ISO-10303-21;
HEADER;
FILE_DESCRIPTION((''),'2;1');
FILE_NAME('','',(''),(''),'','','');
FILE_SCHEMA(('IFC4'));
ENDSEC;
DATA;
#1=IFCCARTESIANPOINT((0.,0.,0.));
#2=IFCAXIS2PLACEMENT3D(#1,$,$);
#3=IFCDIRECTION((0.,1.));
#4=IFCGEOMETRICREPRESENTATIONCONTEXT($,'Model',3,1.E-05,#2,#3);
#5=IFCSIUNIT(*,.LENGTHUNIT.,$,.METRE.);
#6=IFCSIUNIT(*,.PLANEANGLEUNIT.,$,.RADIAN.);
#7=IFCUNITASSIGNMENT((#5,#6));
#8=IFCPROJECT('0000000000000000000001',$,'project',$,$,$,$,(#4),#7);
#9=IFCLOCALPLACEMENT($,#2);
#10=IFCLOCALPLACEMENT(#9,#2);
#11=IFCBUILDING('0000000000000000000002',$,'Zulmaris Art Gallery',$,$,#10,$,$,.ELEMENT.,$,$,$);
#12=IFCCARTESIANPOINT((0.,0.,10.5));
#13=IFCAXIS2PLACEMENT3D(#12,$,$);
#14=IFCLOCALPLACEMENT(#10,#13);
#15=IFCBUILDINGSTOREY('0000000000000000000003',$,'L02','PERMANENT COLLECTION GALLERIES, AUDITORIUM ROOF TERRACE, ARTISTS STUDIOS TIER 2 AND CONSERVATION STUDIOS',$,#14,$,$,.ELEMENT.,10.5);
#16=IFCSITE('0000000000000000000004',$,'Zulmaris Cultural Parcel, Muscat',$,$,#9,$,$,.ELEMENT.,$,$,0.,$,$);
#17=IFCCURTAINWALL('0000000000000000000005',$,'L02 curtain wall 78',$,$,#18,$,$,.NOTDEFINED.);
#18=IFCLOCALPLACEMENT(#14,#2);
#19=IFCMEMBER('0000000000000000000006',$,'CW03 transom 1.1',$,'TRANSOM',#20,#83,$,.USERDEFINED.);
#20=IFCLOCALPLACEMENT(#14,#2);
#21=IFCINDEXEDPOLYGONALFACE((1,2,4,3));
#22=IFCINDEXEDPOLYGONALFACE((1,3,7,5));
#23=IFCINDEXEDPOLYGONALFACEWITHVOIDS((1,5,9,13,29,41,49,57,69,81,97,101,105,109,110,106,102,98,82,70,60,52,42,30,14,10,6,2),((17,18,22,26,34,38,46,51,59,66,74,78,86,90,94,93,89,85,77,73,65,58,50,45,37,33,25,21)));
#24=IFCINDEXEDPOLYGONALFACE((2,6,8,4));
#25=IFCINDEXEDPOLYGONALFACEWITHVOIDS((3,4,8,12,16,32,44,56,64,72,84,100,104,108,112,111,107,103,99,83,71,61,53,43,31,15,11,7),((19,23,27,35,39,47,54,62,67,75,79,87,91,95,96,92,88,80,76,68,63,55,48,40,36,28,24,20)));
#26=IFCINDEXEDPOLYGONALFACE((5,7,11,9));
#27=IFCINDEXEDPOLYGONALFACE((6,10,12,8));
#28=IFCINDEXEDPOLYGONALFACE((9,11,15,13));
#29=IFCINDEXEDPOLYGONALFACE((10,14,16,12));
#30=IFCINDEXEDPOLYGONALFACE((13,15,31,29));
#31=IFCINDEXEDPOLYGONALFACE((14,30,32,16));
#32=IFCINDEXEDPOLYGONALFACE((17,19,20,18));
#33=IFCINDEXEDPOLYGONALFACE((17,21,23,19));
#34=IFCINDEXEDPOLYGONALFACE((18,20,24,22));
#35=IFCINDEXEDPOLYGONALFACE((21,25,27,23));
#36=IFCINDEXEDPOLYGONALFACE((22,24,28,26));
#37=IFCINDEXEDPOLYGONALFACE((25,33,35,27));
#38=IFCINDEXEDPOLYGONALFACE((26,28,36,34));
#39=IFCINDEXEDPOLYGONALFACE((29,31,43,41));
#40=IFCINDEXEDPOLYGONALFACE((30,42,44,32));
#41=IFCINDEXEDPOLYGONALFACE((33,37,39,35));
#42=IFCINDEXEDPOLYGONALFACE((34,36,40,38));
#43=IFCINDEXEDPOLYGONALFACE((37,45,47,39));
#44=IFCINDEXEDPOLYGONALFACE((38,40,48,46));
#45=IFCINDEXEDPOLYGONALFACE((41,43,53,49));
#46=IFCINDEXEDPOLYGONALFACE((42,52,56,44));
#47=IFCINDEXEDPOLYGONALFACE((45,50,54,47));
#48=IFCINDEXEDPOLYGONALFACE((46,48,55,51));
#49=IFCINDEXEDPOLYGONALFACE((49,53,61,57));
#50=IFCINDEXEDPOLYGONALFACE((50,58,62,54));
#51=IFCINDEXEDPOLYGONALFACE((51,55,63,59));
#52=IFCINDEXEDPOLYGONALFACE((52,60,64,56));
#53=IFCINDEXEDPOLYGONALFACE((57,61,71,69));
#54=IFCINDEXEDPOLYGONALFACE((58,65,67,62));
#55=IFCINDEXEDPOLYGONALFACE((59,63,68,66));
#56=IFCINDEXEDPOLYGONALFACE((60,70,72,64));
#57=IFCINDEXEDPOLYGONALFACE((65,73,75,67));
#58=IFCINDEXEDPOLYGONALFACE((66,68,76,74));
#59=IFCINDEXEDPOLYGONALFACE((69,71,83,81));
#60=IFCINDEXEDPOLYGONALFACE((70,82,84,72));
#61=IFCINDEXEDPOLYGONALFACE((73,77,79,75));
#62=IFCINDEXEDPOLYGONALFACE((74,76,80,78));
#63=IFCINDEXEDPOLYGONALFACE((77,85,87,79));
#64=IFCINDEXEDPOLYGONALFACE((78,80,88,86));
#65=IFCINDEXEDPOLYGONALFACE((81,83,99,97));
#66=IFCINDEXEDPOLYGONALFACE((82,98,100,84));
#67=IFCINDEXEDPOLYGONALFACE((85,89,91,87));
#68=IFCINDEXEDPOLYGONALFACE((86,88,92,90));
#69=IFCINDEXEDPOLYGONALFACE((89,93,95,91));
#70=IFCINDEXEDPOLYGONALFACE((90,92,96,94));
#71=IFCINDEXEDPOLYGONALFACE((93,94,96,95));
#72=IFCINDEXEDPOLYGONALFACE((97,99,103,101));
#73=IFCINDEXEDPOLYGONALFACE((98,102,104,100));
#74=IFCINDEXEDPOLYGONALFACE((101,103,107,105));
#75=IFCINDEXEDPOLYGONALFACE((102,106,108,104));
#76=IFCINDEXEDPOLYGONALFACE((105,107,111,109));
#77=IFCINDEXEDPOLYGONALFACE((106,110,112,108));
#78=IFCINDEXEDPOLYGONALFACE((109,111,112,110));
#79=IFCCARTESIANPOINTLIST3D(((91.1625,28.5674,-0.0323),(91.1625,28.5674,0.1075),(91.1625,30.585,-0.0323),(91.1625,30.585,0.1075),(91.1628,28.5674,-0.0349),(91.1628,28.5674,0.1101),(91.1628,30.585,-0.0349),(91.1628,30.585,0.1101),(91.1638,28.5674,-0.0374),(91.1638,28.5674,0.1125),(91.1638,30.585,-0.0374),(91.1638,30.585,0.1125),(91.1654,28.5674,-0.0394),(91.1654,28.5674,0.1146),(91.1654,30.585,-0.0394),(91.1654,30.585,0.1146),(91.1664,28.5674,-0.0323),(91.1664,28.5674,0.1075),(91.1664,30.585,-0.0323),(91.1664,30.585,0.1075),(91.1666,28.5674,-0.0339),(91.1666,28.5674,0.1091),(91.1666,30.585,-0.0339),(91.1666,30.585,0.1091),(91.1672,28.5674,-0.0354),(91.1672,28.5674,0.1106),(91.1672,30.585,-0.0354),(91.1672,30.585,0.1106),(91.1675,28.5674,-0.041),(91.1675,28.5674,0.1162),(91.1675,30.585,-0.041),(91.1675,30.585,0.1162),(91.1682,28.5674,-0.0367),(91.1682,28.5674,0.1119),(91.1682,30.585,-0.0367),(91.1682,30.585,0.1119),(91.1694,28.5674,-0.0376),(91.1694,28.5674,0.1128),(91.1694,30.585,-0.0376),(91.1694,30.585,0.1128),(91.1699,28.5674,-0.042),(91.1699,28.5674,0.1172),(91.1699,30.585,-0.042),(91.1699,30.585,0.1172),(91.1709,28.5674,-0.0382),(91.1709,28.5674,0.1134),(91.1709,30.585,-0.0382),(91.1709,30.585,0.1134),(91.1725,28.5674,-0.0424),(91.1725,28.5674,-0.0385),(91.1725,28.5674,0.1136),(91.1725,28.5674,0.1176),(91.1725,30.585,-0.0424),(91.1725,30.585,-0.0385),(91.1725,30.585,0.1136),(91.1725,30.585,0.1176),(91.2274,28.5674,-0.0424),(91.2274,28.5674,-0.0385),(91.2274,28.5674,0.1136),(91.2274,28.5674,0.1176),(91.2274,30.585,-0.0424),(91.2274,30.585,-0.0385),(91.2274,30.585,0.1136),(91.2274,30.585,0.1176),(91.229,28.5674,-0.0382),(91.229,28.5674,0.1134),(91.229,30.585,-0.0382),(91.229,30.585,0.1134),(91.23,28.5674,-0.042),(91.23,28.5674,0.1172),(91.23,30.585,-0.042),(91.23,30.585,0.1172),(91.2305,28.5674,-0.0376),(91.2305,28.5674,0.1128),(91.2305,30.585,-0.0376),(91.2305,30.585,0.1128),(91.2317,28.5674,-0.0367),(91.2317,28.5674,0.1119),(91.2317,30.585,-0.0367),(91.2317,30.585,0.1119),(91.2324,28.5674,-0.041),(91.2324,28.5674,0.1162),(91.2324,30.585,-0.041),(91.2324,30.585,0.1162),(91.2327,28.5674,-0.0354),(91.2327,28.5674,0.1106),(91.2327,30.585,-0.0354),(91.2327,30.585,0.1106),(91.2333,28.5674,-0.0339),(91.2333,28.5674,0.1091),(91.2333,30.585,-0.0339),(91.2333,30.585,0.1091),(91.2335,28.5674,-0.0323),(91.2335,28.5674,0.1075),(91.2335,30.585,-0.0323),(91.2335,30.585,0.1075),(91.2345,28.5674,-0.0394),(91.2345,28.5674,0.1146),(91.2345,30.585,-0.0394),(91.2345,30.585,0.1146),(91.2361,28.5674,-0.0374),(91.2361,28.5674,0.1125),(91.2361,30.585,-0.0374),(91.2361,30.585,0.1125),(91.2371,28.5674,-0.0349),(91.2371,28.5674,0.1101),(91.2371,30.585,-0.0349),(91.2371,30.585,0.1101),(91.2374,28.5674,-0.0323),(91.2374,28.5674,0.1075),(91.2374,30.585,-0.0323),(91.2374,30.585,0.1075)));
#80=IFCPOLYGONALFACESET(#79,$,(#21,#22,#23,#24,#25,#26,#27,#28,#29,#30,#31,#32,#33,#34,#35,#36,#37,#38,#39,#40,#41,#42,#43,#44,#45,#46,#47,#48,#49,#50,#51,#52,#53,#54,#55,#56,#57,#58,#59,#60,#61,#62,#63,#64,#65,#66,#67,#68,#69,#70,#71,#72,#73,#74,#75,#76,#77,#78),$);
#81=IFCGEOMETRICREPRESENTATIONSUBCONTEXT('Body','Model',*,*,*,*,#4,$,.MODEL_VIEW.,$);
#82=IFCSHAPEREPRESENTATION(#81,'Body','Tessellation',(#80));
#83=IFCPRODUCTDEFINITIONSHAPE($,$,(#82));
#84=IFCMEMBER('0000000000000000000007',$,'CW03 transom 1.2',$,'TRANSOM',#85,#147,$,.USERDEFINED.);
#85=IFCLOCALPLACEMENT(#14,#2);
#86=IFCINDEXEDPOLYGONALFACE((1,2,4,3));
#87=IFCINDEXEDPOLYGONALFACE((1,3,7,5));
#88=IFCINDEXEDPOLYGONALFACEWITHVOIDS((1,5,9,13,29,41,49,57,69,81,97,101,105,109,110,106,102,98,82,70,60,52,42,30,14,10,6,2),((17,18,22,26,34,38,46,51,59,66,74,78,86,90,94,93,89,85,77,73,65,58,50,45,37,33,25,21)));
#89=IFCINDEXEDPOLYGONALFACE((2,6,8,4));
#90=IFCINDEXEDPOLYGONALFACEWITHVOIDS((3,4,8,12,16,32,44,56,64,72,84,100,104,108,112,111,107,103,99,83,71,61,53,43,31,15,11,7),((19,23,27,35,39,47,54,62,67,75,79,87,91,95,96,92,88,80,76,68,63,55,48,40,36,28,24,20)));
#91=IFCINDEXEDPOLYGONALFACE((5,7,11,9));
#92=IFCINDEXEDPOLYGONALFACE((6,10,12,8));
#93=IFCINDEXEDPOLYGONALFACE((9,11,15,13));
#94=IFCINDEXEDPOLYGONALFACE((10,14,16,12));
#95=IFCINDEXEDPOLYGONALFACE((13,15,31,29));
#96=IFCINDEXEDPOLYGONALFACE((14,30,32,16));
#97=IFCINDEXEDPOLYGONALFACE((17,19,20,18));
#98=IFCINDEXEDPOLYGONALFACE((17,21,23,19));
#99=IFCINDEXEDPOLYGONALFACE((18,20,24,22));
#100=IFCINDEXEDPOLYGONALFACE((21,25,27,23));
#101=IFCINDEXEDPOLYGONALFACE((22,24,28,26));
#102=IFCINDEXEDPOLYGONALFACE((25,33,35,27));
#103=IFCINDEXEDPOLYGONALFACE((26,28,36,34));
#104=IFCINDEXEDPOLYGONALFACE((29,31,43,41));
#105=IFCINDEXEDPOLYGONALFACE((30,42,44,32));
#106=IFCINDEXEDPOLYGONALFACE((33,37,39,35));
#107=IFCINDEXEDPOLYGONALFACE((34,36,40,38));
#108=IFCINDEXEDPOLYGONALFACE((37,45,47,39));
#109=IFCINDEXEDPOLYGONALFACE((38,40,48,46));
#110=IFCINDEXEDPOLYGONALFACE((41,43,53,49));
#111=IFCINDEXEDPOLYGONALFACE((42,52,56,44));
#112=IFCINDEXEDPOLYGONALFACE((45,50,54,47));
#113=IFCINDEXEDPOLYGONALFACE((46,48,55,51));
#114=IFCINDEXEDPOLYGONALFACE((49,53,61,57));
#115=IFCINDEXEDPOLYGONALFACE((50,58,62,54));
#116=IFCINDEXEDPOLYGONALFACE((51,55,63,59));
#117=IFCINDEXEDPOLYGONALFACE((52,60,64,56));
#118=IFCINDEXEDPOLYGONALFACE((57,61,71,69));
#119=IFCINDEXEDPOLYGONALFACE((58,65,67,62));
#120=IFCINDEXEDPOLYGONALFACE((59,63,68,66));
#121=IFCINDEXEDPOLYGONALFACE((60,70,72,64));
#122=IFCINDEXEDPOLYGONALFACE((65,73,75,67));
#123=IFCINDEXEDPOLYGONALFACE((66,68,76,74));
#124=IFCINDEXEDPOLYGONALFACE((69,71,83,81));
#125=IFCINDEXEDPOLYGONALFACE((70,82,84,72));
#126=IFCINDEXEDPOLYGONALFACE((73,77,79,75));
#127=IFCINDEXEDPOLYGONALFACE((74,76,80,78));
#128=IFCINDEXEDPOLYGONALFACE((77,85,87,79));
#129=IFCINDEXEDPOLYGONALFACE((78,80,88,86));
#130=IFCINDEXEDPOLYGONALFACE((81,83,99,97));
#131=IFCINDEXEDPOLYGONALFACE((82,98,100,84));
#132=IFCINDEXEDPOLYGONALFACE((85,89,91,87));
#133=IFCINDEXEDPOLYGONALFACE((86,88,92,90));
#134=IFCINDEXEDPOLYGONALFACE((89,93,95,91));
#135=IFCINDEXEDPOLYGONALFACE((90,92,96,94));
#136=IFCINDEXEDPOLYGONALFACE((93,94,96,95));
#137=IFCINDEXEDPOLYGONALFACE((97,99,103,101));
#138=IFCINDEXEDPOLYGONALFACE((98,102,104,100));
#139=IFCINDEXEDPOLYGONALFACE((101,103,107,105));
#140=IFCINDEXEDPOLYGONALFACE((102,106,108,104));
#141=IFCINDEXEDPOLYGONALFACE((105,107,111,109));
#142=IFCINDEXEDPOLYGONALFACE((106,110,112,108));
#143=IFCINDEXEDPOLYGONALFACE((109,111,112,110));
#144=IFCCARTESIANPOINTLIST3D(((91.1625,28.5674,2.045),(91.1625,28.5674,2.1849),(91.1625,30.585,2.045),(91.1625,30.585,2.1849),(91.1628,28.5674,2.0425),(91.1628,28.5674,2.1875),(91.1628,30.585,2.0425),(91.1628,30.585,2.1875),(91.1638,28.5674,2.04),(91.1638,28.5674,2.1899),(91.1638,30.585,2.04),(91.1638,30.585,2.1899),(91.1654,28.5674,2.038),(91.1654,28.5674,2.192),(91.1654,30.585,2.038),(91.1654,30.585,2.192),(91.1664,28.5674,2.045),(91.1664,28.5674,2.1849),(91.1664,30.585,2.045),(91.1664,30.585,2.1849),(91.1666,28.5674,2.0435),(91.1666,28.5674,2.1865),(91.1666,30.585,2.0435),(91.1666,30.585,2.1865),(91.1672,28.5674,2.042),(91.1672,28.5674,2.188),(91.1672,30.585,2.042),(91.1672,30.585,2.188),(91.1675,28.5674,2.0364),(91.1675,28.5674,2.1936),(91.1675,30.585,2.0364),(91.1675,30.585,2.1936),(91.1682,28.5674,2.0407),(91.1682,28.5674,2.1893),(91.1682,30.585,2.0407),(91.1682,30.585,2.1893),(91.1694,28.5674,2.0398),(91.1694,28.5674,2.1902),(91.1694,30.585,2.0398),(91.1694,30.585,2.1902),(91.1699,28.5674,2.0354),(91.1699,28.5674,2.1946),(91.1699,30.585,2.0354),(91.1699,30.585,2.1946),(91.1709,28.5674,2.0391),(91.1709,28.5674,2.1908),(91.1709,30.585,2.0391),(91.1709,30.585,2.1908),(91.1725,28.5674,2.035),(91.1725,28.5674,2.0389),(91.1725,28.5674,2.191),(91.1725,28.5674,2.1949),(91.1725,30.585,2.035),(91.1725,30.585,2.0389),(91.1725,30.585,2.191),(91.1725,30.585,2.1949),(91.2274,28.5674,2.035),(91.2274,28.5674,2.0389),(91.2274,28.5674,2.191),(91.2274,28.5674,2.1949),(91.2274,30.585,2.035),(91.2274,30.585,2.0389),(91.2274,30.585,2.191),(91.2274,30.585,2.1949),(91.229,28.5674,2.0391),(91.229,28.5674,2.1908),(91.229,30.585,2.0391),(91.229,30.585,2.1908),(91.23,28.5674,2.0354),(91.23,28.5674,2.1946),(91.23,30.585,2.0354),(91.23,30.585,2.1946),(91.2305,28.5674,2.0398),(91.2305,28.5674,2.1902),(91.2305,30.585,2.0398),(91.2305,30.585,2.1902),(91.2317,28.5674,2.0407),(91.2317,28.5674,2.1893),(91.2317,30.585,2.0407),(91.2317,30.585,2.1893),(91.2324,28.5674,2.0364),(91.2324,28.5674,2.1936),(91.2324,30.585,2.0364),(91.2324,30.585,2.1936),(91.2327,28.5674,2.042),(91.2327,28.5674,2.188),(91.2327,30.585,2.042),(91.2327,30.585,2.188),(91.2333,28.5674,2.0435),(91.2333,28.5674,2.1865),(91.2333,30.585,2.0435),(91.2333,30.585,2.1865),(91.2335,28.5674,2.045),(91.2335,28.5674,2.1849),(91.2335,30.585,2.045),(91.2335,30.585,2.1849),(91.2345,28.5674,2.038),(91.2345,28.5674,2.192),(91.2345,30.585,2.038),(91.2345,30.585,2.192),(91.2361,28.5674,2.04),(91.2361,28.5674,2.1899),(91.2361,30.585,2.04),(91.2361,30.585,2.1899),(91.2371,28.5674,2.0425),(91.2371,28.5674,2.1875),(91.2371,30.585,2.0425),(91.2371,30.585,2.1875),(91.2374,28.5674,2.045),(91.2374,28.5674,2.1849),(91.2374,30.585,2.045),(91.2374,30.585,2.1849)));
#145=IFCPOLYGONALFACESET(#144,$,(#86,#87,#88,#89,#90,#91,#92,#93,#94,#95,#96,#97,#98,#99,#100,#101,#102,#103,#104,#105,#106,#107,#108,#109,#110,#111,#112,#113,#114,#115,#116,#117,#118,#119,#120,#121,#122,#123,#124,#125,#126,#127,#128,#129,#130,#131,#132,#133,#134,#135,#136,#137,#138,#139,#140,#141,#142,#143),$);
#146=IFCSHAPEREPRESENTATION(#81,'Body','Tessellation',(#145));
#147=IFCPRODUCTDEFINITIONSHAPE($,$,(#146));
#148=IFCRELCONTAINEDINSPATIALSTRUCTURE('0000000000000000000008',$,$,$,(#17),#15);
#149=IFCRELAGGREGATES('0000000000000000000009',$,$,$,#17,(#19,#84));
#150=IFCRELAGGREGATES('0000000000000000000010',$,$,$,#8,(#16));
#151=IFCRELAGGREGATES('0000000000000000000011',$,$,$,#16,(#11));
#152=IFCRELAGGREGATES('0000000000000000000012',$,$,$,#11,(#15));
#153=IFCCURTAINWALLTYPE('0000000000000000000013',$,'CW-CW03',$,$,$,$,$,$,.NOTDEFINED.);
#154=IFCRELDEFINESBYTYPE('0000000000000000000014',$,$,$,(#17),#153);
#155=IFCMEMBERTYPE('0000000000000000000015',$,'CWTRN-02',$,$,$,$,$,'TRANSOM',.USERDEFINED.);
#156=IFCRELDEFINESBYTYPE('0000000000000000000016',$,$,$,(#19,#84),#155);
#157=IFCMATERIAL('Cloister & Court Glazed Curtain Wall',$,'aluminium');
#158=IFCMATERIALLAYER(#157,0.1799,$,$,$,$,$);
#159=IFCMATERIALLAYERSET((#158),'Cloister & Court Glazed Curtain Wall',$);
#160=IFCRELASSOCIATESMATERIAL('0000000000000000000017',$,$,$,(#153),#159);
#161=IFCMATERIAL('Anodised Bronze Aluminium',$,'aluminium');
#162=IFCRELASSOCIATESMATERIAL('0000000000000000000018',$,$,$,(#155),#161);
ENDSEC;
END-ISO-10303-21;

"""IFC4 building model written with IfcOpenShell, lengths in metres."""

from ifc_helpers import new_model, si_unit, direction, frame, origin, origin_2d, place, context, subcontext, project, spatial, hollow_rectangle, extrude, material, layer, layer_set, material_profile, profile_set, type_object, element, aggregate, save


model = new_model("IFC4")

# Units and contexts
model_context = context("Model", 3, precision=1e-05, world=origin(), true_north=direction((0.0, 1.0)))
body_context = subcontext(model_context, "Body", "Model", "MODEL_VIEW")
ifc_project = project(units=[si_unit("LENGTHUNIT", "METRE"), si_unit("PLANEANGLEUNIT", "RADIAN")], contexts=[model_context])

# Site, building, storey
site_placement = place(None, origin())
site = spatial("IfcSite", under=ifc_project, at=site_placement, Name="Zulmaris Cultural Parcel, Muscat", CompositionType="ELEMENT", RefElevation=0.0)
building_placement = place(site_placement, origin())
building = spatial("IfcBuilding", under=site, at=building_placement, Name="Zulmaris Art Gallery", CompositionType="ELEMENT")
storey_placement = place(building_placement, frame((0.0, 0.0, 10.5)))
storey = spatial("IfcBuildingStorey", under=building, at=storey_placement, Name="L02", Description="PERMANENT COLLECTION GALLERIES, AUDITORIUM ROOF TERRACE, ARTISTS STUDIOS TIER 2 AND CONSERVATION STUDIOS", CompositionType="ELEMENT", Elevation=10.5)

# Curtain wall
ifc_material_1 = material(Name="Cloister & Court Glazed Curtain Wall", Category="aluminium")
ifc_layer_1 = layer(ifc_material_1, 0.1799)
ifc_layer_set_1 = layer_set([ifc_layer_1], Name="Cloister & Court Glazed Curtain Wall")
curtain_wall_type = type_object("IfcCurtainWallType", Name="CW-CW03", PredefinedType="NOTDEFINED", material=ifc_layer_set_1)
curtain_wall_1_placement = place(storey_placement, origin())
curtain_wall_1 = element("IfcCurtainWall", 1, at=curtain_wall_1_placement, inside=storey, type_object=curtain_wall_type, Name="L02 curtain wall 78", PredefinedType="NOTDEFINED")
ifc_material_2 = material(Name="Anodised Bronze Aluminium", Category="aluminium")

# Members
ifc_material_profile_1 = material_profile(ifc_material_2, hollow_rectangle(XDim=0.075, YDim=0.1599, WallThickness=0.0039, InnerFilletRadius=0.0061, OuterFilletRadius=0.01, at=origin_2d()), Name="ALU 75x160x4")
ifc_profile_set_1 = profile_set([ifc_material_profile_1], Name="Anodised Bronze Aluminium")
member_type_1 = type_object("IfcMemberType", Name="CWTRN-02", ElementType="TRANSOM", PredefinedType="USERDEFINED", material=ifc_profile_set_1)
member_1_placement = place(storey_placement, frame((91.2, 30.585, 0.0376), z_axis=(0.0, -1.0, 0.0), x_axis=(1.0, 0.0, 0.0)))
member_1 = element("IfcMember", 2, at=member_1_placement, type_object=member_type_1, Name="CW03 transom 1.1", ObjectType="TRANSOM", PredefinedType="USERDEFINED", context=body_context, shape_type="SweptSolid", body=[
    extrude(hollow_rectangle(XDim=0.075, YDim=0.1599, WallThickness=0.0039, InnerFilletRadius=0.0061, OuterFilletRadius=0.01, at=origin_2d()), origin(), (0.0, 0.0, 1.0), 2.0176),
])
member_2_placement = place(storey_placement, frame((91.2, 30.585, 2.115), z_axis=(0.0, -1.0, 0.0), x_axis=(1.0, 0.0, 0.0)))
member_2 = element("IfcMember", 3, at=member_2_placement, type_object=member_type_1, Name="CW03 transom 1.2", ObjectType="TRANSOM", PredefinedType="USERDEFINED", context=body_context, shape_type="SweptSolid", body=[
    extrude(hollow_rectangle(XDim=0.075, YDim=0.1599, WallThickness=0.0039, InnerFilletRadius=0.0061, OuterFilletRadius=0.01, at=origin_2d()), origin(), (0.0, 0.0, 1.0), 2.0176),
])

aggregate(curtain_wall_1, [member_1, member_2])

save(model, "model.ifc")
